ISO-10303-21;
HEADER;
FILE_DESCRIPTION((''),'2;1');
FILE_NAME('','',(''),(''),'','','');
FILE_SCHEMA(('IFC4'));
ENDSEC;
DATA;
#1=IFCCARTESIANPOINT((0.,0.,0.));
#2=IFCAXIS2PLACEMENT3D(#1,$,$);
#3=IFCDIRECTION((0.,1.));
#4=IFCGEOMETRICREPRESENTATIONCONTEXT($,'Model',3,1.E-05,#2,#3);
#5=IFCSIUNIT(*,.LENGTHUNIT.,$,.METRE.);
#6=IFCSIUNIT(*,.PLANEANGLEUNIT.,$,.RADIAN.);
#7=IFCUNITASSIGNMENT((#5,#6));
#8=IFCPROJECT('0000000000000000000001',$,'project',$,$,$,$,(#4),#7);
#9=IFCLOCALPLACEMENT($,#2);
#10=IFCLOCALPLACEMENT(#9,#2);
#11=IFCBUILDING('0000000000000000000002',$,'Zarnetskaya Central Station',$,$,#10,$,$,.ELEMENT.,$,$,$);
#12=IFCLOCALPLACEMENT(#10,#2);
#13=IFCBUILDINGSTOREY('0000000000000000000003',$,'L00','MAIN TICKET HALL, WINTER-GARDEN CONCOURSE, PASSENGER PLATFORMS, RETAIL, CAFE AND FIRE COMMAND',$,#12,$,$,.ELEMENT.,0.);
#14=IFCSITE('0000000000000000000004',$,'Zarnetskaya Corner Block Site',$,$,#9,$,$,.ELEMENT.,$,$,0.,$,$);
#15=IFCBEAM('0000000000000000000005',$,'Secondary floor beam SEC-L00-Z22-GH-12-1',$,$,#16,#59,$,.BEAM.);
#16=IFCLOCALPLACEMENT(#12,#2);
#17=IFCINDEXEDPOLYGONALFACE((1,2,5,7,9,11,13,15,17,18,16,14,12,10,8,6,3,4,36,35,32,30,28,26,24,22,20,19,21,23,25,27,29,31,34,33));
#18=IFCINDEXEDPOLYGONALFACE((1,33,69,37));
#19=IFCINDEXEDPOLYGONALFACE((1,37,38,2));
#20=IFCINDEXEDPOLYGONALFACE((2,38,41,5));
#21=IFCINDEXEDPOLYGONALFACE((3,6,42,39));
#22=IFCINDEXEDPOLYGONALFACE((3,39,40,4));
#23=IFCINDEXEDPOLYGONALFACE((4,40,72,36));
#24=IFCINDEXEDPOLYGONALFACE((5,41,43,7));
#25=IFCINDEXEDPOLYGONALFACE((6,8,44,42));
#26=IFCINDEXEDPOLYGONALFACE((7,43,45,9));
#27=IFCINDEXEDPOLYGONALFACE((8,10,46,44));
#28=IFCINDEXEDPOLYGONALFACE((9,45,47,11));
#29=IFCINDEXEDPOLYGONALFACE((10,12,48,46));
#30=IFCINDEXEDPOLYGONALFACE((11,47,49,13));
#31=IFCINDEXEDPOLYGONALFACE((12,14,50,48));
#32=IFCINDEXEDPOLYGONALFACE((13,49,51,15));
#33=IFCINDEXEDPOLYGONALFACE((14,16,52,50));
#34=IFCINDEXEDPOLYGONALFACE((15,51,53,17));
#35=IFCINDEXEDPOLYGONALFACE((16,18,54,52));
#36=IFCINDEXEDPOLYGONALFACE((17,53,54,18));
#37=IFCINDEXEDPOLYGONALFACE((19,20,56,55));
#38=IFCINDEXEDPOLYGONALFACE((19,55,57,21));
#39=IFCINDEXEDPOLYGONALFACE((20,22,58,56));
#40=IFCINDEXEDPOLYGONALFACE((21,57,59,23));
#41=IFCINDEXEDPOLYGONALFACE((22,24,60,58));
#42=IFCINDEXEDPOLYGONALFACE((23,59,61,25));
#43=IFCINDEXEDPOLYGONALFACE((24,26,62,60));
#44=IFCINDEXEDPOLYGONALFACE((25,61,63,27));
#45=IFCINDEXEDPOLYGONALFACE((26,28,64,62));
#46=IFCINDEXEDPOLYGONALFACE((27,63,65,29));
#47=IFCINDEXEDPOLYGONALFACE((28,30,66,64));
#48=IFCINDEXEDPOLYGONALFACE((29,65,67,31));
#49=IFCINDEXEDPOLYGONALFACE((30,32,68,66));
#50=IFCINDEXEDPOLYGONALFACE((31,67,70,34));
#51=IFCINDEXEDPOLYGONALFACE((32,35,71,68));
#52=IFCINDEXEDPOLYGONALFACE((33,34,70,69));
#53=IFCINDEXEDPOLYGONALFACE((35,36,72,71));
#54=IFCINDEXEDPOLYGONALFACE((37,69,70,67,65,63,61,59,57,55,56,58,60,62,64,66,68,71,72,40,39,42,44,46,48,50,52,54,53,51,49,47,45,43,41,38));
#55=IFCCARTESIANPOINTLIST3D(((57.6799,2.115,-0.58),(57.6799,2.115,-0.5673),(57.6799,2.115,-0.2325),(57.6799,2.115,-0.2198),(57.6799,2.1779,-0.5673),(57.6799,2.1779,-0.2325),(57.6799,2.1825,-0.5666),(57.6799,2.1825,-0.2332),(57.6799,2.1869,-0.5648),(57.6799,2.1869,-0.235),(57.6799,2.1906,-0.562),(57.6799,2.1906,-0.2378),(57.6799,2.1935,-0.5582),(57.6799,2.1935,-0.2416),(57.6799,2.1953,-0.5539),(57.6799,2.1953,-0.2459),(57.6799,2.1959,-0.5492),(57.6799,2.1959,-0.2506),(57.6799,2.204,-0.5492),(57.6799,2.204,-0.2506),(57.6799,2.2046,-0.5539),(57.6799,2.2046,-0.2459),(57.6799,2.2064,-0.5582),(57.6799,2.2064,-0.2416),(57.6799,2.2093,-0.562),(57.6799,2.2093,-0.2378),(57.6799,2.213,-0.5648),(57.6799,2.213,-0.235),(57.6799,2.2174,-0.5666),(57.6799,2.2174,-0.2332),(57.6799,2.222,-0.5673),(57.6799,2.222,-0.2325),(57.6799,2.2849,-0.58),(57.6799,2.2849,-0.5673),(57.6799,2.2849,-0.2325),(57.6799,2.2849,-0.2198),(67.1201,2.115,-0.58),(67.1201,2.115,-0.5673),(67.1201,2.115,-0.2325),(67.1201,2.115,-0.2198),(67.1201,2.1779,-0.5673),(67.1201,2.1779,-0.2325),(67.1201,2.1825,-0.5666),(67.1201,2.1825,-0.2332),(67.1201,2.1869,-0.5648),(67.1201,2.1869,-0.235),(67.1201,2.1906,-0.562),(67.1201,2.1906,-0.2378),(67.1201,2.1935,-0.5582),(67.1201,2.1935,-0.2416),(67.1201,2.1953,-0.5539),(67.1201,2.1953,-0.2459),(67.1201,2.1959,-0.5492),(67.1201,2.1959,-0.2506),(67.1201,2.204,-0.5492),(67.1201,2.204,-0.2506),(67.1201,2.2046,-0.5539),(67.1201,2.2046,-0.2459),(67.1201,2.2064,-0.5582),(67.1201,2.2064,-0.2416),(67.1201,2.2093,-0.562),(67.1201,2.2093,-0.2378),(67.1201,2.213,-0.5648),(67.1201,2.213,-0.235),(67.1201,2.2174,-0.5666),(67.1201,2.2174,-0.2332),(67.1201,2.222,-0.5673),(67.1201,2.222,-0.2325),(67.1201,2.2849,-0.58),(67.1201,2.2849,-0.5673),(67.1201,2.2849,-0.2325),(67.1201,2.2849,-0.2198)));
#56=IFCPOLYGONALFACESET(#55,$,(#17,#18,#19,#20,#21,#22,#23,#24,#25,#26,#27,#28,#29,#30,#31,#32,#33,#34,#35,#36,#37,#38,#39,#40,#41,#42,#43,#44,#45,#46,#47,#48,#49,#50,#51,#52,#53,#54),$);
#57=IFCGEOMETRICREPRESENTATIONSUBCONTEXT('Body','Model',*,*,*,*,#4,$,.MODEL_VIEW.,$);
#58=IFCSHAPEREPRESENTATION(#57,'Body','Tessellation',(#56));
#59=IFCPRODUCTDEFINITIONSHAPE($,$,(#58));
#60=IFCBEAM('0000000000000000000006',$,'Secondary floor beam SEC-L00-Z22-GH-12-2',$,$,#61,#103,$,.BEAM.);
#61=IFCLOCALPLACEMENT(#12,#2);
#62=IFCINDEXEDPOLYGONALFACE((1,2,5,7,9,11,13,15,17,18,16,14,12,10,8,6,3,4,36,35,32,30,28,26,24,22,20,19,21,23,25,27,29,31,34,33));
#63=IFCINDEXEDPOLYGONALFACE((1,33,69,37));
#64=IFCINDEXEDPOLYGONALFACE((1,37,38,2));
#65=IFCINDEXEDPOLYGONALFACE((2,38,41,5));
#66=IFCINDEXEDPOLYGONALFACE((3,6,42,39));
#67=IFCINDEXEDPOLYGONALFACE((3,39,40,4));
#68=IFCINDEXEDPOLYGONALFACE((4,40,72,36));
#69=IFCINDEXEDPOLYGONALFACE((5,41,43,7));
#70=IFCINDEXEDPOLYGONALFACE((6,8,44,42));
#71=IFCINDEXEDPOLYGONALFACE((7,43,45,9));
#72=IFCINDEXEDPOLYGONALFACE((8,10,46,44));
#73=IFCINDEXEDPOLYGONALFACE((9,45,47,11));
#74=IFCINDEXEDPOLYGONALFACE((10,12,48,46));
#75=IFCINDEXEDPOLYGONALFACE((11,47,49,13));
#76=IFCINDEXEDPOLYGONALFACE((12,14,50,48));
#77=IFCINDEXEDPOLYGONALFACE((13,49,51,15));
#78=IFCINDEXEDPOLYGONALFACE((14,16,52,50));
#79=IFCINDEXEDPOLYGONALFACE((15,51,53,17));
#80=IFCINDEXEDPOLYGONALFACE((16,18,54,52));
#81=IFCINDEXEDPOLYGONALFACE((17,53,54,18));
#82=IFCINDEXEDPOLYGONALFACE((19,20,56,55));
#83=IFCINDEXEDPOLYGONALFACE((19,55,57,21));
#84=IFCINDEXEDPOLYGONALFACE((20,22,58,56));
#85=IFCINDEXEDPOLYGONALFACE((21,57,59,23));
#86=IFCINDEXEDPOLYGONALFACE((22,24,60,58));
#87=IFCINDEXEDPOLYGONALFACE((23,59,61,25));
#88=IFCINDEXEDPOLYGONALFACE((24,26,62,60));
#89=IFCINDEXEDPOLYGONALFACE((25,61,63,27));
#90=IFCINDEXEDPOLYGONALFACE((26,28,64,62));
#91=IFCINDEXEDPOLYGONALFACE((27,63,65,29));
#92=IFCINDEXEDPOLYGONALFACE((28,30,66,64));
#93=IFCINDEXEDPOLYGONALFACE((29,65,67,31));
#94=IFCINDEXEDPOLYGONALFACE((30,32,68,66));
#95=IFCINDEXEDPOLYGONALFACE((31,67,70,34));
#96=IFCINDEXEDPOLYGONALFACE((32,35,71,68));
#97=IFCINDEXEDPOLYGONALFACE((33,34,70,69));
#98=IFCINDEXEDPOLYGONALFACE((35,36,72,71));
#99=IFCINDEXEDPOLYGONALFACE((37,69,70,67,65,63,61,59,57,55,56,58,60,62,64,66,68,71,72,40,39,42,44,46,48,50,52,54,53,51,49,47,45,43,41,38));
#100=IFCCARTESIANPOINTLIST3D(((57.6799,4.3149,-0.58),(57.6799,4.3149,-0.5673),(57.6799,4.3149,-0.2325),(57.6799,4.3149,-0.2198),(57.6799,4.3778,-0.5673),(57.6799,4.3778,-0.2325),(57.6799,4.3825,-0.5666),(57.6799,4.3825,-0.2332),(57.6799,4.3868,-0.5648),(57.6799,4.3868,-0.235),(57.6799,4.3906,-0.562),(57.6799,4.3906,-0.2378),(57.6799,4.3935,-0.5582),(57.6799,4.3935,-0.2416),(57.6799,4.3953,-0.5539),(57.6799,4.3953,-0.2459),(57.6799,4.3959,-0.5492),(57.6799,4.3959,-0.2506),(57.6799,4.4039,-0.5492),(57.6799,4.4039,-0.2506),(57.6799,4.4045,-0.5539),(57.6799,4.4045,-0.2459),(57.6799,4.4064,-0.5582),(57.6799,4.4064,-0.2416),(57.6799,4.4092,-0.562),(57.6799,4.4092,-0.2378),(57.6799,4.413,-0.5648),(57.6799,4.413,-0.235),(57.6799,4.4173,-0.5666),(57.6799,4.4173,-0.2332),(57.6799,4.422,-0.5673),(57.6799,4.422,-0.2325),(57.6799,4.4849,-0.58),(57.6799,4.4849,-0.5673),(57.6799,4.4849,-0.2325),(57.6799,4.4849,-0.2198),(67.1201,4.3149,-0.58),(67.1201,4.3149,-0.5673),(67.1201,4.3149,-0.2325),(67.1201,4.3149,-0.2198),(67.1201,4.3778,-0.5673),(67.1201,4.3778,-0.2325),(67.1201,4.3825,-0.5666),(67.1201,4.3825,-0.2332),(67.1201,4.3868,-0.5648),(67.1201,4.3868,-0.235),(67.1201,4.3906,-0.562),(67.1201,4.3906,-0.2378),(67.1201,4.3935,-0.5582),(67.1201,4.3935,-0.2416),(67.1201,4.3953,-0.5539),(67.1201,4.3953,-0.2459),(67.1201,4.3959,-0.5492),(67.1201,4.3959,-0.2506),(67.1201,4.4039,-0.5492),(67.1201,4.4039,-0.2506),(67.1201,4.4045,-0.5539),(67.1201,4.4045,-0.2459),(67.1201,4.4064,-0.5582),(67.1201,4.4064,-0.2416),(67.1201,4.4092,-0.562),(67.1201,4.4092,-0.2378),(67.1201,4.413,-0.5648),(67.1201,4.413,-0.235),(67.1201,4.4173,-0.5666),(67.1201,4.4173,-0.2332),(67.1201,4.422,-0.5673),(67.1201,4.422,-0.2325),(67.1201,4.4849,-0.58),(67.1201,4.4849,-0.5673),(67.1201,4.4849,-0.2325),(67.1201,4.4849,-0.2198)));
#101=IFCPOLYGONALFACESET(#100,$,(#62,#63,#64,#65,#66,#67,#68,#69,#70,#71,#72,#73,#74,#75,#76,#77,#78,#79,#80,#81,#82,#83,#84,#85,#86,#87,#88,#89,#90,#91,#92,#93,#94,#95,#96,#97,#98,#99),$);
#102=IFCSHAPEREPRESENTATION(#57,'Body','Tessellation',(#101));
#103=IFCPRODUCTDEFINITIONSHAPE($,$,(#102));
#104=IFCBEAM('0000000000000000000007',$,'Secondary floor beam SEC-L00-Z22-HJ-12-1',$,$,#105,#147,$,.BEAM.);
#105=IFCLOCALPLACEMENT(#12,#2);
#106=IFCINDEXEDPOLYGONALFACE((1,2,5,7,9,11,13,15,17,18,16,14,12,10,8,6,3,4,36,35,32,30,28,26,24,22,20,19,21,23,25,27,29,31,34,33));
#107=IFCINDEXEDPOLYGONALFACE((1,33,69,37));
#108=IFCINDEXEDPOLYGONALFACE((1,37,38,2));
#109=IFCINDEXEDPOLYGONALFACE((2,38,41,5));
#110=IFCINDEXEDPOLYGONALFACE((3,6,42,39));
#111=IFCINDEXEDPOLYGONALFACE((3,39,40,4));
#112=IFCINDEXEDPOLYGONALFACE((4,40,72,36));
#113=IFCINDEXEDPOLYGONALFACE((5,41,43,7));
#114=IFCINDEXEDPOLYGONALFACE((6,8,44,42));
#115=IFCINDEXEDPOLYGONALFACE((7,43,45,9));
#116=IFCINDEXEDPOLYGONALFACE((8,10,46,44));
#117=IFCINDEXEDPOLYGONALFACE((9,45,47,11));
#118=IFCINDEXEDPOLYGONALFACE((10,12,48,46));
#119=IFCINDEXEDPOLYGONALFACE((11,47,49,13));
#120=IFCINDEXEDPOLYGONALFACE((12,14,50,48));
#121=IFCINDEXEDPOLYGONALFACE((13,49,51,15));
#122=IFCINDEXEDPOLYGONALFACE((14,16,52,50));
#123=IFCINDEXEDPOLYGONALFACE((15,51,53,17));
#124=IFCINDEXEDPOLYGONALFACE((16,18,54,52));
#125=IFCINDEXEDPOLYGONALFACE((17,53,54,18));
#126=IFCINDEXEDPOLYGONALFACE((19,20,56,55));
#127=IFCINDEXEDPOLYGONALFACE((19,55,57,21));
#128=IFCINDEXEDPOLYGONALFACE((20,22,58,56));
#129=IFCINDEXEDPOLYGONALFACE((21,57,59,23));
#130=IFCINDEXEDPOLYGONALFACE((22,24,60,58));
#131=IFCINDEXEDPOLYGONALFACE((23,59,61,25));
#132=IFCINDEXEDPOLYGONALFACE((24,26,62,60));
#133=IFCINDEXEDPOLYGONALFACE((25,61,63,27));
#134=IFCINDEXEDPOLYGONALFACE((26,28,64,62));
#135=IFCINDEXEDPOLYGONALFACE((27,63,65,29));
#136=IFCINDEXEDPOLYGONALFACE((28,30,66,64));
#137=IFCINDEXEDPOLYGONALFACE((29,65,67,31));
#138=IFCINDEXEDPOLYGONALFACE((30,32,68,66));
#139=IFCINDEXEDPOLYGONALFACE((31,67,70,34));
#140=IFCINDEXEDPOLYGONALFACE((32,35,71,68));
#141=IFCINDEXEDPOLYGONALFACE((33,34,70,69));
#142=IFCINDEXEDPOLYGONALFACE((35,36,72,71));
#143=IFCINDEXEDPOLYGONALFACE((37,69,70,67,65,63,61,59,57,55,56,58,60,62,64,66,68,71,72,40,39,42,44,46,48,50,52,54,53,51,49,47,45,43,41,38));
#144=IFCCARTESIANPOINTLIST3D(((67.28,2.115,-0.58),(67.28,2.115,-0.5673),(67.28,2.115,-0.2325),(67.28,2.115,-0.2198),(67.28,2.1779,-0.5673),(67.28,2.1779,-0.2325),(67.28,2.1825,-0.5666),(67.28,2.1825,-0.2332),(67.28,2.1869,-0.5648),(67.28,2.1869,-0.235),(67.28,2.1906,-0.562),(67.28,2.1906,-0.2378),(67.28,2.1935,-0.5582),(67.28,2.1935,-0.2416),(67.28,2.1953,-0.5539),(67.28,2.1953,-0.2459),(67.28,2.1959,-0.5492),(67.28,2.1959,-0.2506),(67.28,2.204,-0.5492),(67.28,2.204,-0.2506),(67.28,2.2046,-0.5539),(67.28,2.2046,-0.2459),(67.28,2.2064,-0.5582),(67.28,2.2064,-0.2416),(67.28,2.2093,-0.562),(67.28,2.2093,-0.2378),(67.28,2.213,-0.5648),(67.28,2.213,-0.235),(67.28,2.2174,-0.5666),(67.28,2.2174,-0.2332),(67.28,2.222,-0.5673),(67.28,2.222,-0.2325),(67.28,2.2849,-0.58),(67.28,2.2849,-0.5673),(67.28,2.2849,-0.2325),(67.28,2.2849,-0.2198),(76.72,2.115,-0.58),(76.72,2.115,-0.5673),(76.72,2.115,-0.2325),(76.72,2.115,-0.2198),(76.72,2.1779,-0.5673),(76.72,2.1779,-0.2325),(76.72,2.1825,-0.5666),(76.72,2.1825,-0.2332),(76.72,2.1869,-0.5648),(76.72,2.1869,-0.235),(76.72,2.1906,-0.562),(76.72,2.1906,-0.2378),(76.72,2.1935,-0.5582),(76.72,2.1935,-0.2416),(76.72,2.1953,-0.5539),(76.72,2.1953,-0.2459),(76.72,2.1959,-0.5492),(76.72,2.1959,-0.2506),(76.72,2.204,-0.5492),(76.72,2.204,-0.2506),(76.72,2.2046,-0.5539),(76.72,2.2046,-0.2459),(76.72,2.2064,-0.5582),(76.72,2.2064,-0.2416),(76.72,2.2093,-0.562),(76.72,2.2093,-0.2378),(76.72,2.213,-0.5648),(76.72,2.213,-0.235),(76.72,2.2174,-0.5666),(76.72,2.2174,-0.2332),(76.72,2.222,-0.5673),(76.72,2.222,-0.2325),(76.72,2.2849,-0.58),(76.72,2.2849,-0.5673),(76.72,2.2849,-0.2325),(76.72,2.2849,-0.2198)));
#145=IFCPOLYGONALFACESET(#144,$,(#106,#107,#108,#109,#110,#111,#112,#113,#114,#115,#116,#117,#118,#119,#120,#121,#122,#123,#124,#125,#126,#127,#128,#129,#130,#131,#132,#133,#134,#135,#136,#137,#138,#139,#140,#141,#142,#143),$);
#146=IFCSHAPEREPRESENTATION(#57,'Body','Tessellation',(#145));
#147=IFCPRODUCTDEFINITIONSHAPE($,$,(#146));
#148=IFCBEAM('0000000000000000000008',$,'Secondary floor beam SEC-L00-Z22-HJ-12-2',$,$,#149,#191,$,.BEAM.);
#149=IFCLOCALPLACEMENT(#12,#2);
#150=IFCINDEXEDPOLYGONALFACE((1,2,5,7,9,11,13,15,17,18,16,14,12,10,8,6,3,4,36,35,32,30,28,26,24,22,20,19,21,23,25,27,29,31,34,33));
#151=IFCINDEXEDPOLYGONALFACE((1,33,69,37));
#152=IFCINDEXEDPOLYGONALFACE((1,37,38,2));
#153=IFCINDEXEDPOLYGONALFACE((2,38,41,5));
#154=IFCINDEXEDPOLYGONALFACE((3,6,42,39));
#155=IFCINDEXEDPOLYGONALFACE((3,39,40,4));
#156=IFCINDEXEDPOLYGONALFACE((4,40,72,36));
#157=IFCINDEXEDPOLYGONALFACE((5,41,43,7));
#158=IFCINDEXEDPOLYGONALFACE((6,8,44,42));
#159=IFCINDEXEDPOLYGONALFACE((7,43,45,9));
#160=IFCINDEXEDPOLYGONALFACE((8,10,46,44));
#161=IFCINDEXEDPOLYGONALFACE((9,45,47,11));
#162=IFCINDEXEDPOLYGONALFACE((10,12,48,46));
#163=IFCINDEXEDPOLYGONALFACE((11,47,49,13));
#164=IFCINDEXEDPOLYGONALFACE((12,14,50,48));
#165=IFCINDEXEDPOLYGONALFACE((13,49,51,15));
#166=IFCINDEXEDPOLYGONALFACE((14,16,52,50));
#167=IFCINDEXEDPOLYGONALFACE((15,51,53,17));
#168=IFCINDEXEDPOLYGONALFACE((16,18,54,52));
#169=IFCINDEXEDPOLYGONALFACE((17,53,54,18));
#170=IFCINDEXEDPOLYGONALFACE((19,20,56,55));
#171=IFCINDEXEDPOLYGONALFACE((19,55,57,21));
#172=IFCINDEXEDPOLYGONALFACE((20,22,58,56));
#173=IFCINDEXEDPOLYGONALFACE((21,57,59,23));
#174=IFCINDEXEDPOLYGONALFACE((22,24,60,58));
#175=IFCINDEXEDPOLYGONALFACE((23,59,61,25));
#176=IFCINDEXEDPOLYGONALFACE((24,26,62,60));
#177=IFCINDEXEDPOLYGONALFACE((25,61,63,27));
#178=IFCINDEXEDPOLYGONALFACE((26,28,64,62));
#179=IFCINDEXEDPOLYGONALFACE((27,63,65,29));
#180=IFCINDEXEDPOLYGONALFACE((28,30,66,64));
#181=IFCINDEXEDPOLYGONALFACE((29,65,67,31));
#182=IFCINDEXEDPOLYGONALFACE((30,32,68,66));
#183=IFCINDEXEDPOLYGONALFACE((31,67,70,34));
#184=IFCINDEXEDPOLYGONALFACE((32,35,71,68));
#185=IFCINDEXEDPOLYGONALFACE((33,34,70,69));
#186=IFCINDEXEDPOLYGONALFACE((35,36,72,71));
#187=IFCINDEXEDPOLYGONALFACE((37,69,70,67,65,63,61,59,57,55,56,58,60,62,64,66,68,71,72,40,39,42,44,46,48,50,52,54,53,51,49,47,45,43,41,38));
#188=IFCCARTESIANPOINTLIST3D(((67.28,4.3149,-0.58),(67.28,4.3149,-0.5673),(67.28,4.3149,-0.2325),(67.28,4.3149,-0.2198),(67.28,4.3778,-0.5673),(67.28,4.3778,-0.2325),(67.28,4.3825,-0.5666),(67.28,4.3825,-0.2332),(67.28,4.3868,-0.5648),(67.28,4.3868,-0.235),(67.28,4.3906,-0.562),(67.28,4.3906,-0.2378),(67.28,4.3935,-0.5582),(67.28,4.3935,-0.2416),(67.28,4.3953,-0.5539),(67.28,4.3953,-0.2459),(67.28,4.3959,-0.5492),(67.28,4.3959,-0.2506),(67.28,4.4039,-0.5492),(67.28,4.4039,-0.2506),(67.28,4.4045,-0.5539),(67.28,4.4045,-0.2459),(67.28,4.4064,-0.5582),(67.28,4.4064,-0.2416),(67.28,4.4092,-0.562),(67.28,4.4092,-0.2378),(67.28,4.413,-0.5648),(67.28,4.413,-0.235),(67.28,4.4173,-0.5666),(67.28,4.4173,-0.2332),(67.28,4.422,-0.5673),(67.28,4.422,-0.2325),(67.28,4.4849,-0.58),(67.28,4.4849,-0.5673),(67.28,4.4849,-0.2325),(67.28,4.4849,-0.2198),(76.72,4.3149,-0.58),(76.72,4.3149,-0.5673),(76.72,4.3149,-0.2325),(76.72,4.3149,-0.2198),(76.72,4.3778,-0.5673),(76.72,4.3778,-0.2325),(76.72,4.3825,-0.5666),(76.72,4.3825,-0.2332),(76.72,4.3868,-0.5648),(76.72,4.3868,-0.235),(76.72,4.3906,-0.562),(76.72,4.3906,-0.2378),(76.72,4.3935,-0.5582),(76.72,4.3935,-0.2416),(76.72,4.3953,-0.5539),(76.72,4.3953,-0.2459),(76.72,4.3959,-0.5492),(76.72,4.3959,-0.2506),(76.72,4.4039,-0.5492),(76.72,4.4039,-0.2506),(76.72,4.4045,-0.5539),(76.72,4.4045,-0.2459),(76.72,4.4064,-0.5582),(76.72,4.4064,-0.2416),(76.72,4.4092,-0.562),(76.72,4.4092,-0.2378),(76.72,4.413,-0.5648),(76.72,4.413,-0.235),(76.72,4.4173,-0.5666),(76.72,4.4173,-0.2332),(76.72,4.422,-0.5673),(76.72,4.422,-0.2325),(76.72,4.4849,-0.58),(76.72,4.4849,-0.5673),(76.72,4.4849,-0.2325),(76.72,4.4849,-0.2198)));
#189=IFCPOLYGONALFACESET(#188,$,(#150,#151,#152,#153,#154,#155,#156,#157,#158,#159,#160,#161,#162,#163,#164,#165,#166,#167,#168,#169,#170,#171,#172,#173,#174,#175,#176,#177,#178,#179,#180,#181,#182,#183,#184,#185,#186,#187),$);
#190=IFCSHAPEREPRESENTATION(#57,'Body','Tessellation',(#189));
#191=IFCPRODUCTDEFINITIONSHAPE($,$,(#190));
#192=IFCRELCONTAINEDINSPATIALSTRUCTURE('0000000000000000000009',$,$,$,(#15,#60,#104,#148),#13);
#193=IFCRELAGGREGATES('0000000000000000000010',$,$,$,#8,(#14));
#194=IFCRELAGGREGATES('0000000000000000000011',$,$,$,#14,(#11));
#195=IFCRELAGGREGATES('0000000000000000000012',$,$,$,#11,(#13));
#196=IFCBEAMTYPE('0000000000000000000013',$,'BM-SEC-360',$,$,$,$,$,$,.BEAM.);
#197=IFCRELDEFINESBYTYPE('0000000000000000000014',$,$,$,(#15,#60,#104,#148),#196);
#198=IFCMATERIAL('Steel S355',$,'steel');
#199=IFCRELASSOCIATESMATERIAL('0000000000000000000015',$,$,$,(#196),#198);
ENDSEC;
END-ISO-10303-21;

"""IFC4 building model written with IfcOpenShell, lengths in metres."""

from ifc_helpers import new_model, si_unit, direction, frame, origin, origin_2d, place, context, subcontext, project, spatial, i_section, extrude, material, material_profile, profile_set, type_object, element, save


model = new_model("IFC4")

# Units and contexts
model_context = context("Model", 3, precision=1e-05, world=origin(), true_north=direction((0.0, 1.0)))
body_context = subcontext(model_context, "Body", "Model", "MODEL_VIEW")
ifc_project = project(units=[si_unit("LENGTHUNIT", "METRE"), si_unit("PLANEANGLEUNIT", "RADIAN")], contexts=[model_context])

# Site, building, storey
site_placement = place(None, origin())
site = spatial("IfcSite", under=ifc_project, at=site_placement, Name="Zarnetskaya Corner Block Site", CompositionType="ELEMENT", RefElevation=0.0)
building_placement = place(site_placement, origin())
building = spatial("IfcBuilding", under=site, at=building_placement, Name="Zarnetskaya Central Station", CompositionType="ELEMENT")
storey_placement = place(building_placement, origin())
storey = spatial("IfcBuildingStorey", under=building, at=storey_placement, Name="L00", Description="MAIN TICKET HALL, WINTER-GARDEN CONCOURSE, PASSENGER PLATFORMS, RETAIL, CAFE AND FIRE COMMAND", CompositionType="ELEMENT", Elevation=0.0)

# Shared definitions
ifc_material_1 = material(Name="Steel S355", Category="steel")

# Beams
ifc_material_profile_1 = material_profile(ifc_material_1, i_section(OverallWidth=0.1699, OverallDepth=0.3601, WebThickness=0.0081, FlangeThickness=0.0127, FilletRadius=0.0181, at=origin_2d()), Name="IPE 360")
ifc_profile_set_1 = profile_set([ifc_material_profile_1], Name="Steel S355")
beam_type_1 = type_object("IfcBeamType", Name="BM-SEC-360", PredefinedType="BEAM", material=ifc_profile_set_1)
for number, where, z_axis, x_axis, name in (
    (1, (57.6799, 2.2, -0.3999), (1.0, 0.0, 0.0), (0.0, 1.0, 0.0), "Secondary floor beam SEC-L00-Z22-GH-12-1"),
    (2, (57.6799, 4.3999, -0.3999), (1.0, 0.0, 0.0), (0.0, 1.0, 0.0), "Secondary floor beam SEC-L00-Z22-GH-12-2"),
):
    element("IfcBeam", number, at=place(storey_placement, frame(where, z_axis=z_axis, x_axis=x_axis)), inside=storey, type_object=beam_type_1, Name=name, PredefinedType="BEAM", context=body_context, shape_type="SweptSolid", body=[
        extrude(i_section(OverallWidth=0.1699, OverallDepth=0.3601, WebThickness=0.0081, FlangeThickness=0.0127, FilletRadius=0.0181, at=origin_2d()), origin(), (0.0, 0.0, 1.0), 9.4402),
    ])
for number, where, z_axis, x_axis, name in (
    (3, (67.28, 2.2, -0.3999), (1.0, 0.0, 0.0), (0.0, 1.0, 0.0), "Secondary floor beam SEC-L00-Z22-HJ-12-1"),
    (4, (67.28, 4.3999, -0.3999), (1.0, 0.0, 0.0), (0.0, 1.0, 0.0), "Secondary floor beam SEC-L00-Z22-HJ-12-2"),
):
    element("IfcBeam", number, at=place(storey_placement, frame(where, z_axis=z_axis, x_axis=x_axis)), inside=storey, type_object=beam_type_1, Name=name, PredefinedType="BEAM", context=body_context, shape_type="SweptSolid", body=[
        extrude(i_section(OverallWidth=0.1699, OverallDepth=0.3601, WebThickness=0.0081, FlangeThickness=0.0127, FilletRadius=0.0181, at=origin_2d()), origin(), (0.0, 0.0, 1.0), 9.4399),
    ])

save(model, "model.ifc")
